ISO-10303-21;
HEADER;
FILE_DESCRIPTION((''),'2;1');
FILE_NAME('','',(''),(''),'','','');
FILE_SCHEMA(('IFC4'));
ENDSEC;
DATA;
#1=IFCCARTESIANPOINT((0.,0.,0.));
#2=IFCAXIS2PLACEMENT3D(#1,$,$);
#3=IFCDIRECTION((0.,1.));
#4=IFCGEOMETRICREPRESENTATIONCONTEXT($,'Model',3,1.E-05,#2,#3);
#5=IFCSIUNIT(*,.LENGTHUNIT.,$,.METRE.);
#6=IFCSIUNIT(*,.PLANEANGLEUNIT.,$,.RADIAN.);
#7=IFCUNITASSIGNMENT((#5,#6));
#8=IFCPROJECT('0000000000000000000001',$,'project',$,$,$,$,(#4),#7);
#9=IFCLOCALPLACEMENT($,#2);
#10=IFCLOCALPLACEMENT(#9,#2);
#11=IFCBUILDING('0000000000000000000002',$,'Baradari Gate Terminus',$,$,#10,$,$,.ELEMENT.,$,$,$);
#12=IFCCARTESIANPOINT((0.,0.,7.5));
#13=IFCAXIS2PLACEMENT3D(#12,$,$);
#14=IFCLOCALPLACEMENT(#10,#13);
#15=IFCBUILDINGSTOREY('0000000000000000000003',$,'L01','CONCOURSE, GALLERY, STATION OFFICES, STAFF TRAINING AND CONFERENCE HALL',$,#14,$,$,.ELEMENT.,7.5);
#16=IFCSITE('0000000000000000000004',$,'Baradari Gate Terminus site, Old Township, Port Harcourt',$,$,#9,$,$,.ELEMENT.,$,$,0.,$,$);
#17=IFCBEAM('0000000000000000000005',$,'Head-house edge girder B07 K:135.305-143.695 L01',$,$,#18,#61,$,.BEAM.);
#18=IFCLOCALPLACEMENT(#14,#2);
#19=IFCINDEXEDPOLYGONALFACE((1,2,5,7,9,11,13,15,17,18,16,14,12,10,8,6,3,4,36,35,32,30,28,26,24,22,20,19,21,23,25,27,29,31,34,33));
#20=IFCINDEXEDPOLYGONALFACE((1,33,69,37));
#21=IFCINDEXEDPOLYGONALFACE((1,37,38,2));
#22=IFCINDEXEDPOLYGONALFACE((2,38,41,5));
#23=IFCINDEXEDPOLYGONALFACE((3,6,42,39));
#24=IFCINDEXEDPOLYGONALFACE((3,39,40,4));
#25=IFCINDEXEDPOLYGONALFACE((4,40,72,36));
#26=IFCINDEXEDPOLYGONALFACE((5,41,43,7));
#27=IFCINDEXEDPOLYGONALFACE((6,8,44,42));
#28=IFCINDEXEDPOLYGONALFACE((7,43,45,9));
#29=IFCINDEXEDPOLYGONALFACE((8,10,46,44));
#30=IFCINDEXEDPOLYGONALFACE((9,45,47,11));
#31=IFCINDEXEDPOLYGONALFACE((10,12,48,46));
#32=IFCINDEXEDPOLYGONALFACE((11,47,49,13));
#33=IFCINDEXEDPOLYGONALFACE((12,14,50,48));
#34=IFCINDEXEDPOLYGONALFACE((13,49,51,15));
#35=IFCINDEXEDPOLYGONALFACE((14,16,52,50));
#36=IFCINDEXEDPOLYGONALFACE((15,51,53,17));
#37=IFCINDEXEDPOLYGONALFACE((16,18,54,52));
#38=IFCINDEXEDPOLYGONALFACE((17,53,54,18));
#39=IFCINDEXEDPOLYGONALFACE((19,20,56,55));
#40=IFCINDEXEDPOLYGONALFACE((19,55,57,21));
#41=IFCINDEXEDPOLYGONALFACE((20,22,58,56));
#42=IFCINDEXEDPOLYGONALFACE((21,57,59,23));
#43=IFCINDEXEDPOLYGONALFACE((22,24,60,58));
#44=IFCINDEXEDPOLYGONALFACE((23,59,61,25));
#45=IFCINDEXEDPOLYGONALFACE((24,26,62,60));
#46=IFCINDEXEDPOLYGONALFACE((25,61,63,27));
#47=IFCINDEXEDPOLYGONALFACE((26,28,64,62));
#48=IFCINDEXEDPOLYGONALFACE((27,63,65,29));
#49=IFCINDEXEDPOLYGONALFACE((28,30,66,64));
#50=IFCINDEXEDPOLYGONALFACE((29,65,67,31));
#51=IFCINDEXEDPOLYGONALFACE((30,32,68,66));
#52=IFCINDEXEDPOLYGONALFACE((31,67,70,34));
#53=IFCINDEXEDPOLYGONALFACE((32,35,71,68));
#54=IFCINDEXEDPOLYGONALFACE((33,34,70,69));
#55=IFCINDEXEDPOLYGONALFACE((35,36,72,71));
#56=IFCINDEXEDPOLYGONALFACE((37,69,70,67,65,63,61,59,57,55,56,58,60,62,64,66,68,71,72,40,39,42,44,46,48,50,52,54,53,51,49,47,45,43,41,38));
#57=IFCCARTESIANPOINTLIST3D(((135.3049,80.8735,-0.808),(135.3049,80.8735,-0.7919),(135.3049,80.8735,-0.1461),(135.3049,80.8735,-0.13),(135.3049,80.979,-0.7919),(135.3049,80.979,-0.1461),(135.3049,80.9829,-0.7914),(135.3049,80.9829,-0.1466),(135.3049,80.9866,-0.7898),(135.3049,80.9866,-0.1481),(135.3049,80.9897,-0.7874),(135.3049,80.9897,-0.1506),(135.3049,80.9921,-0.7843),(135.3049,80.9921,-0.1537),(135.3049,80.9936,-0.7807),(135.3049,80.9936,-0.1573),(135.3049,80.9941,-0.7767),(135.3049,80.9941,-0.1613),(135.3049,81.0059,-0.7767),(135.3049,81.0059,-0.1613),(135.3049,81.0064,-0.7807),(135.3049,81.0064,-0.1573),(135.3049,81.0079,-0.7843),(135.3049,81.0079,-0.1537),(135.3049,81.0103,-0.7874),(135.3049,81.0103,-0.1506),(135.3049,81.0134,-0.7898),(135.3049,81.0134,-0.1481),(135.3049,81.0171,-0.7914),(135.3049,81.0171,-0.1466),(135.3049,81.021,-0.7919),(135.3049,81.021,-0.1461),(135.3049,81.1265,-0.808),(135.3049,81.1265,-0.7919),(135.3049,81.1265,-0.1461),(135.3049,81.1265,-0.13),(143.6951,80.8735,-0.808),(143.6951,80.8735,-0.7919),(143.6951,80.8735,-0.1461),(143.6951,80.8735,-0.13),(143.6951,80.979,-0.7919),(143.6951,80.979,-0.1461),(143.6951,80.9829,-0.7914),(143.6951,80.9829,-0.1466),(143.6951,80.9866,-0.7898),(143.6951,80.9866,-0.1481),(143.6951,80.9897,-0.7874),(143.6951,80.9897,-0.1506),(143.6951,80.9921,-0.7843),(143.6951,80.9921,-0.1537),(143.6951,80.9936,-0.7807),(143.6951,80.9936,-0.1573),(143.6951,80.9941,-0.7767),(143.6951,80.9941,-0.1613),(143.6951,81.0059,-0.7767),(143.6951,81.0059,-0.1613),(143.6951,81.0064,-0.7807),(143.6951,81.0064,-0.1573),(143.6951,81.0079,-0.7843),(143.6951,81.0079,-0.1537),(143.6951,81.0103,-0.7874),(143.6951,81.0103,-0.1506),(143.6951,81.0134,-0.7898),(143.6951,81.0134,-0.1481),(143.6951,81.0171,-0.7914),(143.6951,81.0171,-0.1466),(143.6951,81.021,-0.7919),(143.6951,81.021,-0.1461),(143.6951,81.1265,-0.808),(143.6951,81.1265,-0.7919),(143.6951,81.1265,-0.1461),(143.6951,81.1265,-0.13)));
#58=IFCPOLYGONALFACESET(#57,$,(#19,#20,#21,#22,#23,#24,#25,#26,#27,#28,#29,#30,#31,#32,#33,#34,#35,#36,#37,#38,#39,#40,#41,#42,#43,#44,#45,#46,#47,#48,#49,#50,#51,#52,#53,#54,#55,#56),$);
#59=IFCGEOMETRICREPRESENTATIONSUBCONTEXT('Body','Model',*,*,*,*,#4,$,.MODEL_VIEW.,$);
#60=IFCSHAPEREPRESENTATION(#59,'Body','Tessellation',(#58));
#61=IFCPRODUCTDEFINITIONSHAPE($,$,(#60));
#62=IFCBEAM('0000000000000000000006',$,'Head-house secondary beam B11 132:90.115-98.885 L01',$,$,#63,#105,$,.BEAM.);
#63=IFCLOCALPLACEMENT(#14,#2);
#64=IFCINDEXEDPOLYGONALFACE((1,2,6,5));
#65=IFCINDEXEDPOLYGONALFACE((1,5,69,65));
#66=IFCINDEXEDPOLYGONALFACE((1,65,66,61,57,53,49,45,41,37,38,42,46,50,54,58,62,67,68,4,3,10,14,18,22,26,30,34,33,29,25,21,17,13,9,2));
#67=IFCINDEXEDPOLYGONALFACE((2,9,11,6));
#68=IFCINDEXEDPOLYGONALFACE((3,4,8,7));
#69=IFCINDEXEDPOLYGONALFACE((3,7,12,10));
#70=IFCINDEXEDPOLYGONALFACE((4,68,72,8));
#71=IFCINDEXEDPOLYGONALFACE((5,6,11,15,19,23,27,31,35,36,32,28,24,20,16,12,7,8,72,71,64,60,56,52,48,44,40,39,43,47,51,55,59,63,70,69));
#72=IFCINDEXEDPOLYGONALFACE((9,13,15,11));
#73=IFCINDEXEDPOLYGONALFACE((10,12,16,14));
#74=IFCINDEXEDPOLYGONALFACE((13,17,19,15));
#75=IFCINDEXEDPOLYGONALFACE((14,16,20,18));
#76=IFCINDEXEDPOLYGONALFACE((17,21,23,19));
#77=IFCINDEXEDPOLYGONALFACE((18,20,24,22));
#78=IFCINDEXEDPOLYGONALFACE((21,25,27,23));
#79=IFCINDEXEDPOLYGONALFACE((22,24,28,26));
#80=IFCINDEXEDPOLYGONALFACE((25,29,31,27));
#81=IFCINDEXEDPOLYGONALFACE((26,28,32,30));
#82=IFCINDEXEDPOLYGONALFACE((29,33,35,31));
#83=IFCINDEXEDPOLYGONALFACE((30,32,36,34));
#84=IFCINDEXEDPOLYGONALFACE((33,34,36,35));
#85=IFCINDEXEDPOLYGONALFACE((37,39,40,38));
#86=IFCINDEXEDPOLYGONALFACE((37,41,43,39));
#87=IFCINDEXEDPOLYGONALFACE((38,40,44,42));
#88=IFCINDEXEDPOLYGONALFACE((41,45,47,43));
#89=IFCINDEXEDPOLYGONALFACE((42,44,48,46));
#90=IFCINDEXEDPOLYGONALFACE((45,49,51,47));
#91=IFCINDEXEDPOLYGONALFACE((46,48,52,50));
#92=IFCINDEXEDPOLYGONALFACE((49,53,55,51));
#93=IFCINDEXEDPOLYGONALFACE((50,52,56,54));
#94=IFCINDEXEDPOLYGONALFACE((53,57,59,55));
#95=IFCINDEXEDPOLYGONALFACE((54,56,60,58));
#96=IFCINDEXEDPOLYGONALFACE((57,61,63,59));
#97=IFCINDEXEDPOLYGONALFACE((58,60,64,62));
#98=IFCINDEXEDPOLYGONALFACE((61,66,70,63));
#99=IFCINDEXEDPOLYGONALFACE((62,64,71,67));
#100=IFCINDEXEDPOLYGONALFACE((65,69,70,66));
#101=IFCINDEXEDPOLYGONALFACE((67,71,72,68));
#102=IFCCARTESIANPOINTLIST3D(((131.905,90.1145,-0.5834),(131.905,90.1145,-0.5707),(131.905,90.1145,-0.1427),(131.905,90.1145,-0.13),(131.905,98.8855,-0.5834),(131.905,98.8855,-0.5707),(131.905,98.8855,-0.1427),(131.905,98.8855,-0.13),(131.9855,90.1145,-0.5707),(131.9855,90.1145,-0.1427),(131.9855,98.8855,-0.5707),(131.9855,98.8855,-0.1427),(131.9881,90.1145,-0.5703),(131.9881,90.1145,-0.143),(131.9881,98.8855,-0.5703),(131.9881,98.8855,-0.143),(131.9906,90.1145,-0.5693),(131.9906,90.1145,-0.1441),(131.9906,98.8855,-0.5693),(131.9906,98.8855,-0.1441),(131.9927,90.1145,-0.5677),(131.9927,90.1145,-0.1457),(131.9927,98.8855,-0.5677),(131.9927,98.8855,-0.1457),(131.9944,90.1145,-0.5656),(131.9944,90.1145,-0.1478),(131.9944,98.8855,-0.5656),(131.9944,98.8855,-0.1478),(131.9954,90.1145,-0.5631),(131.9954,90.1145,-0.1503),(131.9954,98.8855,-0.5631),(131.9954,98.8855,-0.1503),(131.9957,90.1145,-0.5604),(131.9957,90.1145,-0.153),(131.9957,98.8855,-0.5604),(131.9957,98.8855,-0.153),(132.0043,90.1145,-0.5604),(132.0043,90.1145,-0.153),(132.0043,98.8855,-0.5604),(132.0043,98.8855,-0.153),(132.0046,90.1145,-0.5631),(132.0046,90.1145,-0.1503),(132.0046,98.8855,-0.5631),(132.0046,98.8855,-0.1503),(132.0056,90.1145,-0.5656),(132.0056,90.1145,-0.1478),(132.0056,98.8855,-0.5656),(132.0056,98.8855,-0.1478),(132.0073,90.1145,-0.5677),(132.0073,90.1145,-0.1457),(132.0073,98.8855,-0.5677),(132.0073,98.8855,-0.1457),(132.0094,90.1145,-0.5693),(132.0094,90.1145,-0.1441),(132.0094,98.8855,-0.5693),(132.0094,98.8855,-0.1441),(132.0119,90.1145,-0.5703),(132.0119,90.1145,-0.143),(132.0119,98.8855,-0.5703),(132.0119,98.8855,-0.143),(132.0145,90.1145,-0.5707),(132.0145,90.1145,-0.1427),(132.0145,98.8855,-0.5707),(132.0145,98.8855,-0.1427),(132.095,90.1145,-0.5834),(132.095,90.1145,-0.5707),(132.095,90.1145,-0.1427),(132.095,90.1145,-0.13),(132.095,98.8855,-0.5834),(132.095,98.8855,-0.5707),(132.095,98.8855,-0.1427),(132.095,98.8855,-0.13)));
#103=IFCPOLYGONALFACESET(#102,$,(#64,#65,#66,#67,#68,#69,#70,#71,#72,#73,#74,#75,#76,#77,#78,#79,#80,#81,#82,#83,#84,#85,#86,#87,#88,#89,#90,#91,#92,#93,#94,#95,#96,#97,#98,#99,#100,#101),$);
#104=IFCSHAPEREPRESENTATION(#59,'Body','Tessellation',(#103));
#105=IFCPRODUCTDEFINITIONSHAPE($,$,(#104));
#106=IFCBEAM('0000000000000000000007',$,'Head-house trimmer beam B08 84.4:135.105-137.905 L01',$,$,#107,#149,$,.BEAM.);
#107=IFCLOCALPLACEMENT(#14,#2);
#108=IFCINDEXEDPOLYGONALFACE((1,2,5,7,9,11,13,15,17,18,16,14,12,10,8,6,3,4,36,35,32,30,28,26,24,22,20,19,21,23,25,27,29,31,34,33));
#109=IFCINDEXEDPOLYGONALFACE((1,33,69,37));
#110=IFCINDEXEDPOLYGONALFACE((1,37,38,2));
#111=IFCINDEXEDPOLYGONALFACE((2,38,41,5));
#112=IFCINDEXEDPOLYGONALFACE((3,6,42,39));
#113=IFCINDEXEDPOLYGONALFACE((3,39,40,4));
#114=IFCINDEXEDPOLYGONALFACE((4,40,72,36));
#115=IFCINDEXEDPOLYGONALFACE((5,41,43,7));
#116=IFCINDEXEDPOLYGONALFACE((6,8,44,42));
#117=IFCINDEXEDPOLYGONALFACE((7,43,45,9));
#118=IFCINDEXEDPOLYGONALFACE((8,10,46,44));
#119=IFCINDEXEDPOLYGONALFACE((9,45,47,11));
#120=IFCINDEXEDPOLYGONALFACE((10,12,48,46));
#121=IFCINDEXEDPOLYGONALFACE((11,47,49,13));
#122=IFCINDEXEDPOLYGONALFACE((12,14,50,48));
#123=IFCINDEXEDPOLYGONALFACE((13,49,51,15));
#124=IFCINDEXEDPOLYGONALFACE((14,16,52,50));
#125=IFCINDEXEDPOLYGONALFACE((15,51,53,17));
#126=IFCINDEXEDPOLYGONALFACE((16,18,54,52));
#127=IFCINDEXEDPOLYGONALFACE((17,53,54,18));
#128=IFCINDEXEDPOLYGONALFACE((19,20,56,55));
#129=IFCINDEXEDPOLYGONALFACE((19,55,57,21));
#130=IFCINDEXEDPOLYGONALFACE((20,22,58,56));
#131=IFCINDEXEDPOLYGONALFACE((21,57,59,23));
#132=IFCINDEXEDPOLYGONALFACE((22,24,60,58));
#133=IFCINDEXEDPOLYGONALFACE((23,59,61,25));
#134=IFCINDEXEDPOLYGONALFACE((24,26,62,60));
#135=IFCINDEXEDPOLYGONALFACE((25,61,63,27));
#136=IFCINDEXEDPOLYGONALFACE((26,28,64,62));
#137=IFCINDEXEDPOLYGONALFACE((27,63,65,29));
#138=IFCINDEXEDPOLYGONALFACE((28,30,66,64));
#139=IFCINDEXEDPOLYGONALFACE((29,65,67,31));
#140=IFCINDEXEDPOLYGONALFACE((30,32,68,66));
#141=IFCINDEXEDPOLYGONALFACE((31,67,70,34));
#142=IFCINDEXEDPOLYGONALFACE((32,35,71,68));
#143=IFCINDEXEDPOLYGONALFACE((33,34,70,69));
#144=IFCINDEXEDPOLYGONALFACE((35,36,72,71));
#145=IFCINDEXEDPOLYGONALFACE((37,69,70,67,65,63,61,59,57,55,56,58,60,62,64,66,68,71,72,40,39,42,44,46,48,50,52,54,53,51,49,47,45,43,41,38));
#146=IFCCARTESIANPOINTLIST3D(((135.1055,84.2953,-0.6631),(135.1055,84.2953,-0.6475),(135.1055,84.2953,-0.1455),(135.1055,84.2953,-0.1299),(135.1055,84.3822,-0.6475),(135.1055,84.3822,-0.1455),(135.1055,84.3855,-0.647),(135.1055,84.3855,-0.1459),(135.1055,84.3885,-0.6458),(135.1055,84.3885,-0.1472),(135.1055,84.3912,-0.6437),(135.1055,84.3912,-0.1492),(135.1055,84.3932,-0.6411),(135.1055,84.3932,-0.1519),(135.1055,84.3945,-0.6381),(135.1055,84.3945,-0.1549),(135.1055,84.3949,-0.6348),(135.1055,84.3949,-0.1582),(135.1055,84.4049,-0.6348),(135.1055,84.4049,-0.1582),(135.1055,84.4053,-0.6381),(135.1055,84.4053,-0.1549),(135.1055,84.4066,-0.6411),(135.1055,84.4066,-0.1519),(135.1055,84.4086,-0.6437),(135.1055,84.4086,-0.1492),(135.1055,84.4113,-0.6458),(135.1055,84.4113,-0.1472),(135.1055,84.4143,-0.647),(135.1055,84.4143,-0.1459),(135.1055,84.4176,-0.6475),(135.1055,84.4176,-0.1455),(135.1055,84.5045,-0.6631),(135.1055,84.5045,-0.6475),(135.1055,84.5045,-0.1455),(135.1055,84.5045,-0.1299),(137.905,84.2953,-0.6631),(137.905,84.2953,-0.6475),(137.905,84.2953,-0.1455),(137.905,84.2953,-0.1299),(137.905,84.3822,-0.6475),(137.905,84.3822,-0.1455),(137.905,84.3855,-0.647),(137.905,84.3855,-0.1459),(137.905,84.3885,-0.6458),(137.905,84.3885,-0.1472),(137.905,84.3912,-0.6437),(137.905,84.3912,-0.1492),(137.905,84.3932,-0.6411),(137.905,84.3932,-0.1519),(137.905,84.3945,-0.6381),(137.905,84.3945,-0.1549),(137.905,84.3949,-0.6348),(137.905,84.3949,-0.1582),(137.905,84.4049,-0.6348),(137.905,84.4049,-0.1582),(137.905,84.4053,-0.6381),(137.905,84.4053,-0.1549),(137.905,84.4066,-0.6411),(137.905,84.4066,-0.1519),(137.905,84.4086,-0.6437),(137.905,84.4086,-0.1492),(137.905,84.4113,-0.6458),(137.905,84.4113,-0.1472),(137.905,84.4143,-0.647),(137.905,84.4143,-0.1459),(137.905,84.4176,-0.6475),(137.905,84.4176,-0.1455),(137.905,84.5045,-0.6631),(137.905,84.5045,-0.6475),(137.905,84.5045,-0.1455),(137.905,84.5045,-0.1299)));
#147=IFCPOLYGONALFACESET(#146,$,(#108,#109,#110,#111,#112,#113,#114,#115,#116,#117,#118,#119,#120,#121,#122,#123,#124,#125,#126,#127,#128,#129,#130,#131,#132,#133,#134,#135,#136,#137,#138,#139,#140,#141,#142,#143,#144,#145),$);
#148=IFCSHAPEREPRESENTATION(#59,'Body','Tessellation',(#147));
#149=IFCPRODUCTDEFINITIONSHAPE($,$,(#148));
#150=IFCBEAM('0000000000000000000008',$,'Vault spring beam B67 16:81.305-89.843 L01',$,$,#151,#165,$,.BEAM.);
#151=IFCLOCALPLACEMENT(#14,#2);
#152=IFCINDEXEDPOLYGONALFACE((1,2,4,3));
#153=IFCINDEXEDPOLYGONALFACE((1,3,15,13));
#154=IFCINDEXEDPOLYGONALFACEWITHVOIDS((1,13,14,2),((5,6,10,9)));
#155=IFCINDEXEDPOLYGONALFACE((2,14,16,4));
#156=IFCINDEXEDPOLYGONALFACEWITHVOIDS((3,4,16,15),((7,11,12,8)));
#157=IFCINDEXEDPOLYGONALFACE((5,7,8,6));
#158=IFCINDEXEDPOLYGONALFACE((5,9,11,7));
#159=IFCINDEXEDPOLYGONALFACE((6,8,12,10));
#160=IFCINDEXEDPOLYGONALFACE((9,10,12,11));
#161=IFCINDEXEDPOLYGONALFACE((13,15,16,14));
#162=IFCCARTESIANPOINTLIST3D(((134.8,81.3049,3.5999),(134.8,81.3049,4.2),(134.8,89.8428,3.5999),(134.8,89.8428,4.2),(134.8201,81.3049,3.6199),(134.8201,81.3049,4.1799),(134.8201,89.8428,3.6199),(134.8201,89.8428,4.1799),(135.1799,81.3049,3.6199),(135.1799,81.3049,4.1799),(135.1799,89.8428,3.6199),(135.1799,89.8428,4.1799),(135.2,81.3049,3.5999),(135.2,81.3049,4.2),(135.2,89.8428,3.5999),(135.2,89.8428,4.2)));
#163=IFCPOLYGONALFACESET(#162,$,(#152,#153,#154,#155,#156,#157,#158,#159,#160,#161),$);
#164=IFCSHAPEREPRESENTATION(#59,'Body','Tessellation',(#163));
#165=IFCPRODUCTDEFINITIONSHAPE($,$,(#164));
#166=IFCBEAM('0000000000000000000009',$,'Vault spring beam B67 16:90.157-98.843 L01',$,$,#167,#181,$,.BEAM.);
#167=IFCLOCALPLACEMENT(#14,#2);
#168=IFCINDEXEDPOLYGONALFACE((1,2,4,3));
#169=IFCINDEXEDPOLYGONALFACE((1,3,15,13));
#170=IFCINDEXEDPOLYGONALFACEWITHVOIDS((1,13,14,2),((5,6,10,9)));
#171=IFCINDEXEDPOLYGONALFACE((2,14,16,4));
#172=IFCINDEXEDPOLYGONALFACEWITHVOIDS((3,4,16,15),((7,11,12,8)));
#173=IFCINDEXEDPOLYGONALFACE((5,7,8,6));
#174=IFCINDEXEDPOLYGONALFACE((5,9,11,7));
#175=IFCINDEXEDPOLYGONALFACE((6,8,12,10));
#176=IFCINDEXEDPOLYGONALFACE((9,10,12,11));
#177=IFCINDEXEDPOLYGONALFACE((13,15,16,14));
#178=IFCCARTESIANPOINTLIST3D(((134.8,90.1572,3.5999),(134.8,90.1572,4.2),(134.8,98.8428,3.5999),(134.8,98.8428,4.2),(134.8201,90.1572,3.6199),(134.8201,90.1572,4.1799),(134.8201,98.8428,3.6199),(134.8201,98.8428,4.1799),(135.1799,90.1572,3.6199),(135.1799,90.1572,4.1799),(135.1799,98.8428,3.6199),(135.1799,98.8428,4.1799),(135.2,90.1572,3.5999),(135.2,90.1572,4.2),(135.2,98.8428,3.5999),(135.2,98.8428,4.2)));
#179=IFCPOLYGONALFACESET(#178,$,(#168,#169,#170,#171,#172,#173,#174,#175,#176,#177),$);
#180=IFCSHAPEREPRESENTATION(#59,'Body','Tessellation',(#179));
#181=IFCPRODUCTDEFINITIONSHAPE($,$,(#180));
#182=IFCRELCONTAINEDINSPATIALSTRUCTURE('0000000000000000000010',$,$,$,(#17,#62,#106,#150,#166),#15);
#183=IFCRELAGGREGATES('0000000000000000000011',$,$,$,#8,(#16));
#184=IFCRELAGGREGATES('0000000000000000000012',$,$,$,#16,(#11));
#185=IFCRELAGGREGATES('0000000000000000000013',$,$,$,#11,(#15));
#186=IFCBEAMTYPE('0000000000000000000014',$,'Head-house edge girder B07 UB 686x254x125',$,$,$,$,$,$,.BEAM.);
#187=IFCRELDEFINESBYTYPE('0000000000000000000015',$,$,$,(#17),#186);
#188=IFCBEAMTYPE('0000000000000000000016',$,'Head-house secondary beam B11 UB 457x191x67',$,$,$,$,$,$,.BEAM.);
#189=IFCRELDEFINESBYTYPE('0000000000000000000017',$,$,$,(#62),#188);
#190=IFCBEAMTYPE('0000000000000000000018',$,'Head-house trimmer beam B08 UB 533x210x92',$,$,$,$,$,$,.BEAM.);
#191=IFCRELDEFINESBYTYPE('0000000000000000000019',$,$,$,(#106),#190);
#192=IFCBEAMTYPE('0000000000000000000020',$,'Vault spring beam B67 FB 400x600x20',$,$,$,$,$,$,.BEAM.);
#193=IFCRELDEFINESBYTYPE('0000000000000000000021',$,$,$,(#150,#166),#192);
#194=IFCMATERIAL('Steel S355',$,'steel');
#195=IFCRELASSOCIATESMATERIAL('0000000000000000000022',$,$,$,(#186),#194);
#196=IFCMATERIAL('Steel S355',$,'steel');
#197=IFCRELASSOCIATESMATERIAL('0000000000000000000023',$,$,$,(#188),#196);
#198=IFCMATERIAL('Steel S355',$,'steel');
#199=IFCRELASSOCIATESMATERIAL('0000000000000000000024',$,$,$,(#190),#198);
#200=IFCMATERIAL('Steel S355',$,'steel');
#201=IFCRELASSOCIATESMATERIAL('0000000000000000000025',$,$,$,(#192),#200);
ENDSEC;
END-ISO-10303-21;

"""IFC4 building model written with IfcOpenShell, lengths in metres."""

from ifc_helpers import new_model, si_unit, direction, frame, origin, origin_2d, place, context, subcontext, project, spatial, hollow_rectangle, i_section, extrude, material, material_profile, profile_set, type_object, element, save


model = new_model("IFC4")

# Units and contexts
model_context = context("Model", 3, precision=1e-05, world=origin(), true_north=direction((0.0, 1.0)))
body_context = subcontext(model_context, "Body", "Model", "MODEL_VIEW")
ifc_project = project(units=[si_unit("LENGTHUNIT", "METRE"), si_unit("PLANEANGLEUNIT", "RADIAN")], contexts=[model_context])

# Site, building, storey
site_placement = place(None, origin())
site = spatial("IfcSite", under=ifc_project, at=site_placement, Name="Baradari Gate Terminus site, Old Township, Port Harcourt", CompositionType="ELEMENT", RefElevation=0.0)
building_placement = place(site_placement, origin())
building = spatial("IfcBuilding", under=site, at=building_placement, Name="Baradari Gate Terminus", CompositionType="ELEMENT")
storey_placement = place(building_placement, frame((0.0, 0.0, 7.5)))
storey = spatial("IfcBuildingStorey", under=building, at=storey_placement, Name="L01", Description="CONCOURSE, GALLERY, STATION OFFICES, STAFF TRAINING AND CONFERENCE HALL", CompositionType="ELEMENT", Elevation=7.5)

# Beams
ifc_material_1 = material(Name="Steel S355", Category="steel")
ifc_material_profile_1 = material_profile(ifc_material_1, i_section(OverallWidth=0.2529, OverallDepth=0.678, WebThickness=0.0117, FlangeThickness=0.0161, FilletRadius=0.0151, at=origin_2d()), Name="UB 686x254x125")
ifc_profile_set_1 = profile_set([ifc_material_profile_1], Name="Steel S355")
beam_type_1 = type_object("IfcBeamType", Name="Head-house edge girder B07 UB 686x254x125", PredefinedType="BEAM", material=ifc_profile_set_1)
beam_1_placement = place(storey_placement, frame((135.3049, 81.0, -0.469), z_axis=(1.0, 0.0, 0.0), x_axis=(0.0, 1.0, 0.0)))
element("IfcBeam", 1, at=beam_1_placement, inside=storey, type_object=beam_type_1, Name="Head-house edge girder B07 K:135.305-143.695 L01", PredefinedType="BEAM", context=body_context, shape_type="SweptSolid", body=[
    extrude(i_section(OverallWidth=0.2529, OverallDepth=0.678, WebThickness=0.0117, FlangeThickness=0.0161, FilletRadius=0.0151, at=origin_2d()), origin(), (0.0, 0.0, 1.0), 8.3901),
])
ifc_material_2 = material(Name="Steel S355", Category="steel")
ifc_material_profile_2 = material_profile(ifc_material_2, i_section(OverallWidth=0.1899, OverallDepth=0.4534, WebThickness=0.0085, FlangeThickness=0.0127, FilletRadius=0.0103, at=origin_2d()), Name="UB 457x191x67")
ifc_profile_set_2 = profile_set([ifc_material_profile_2], Name="Steel S355")
beam_type_2 = type_object("IfcBeamType", Name="Head-house secondary beam B11 UB 457x191x67", PredefinedType="BEAM", material=ifc_profile_set_2)
beam_2_placement = place(storey_placement, frame((132.0, 90.1145, -0.3567), z_axis=(0.0, 1.0, 0.0), x_axis=(-1.0, 0.0, 0.0)))
element("IfcBeam", 2, at=beam_2_placement, inside=storey, type_object=beam_type_2, Name="Head-house secondary beam B11 132:90.115-98.885 L01", PredefinedType="BEAM", context=body_context, shape_type="SweptSolid", body=[
    extrude(i_section(OverallWidth=0.1899, OverallDepth=0.4534, WebThickness=0.0085, FlangeThickness=0.0127, FilletRadius=0.0103, at=origin_2d()), origin(), (0.0, 0.0, 1.0), 8.771),
])
ifc_material_3 = material(Name="Steel S355", Category="steel")
ifc_material_profile_3 = material_profile(ifc_material_3, i_section(OverallWidth=0.2092, OverallDepth=0.5332, WebThickness=0.01, FlangeThickness=0.0156, FilletRadius=0.0127, at=origin_2d()), Name="UB 533x210x92")
ifc_profile_set_3 = profile_set([ifc_material_profile_3], Name="Steel S355")
beam_type_3 = type_object("IfcBeamType", Name="Head-house trimmer beam B08 UB 533x210x92", PredefinedType="BEAM", material=ifc_profile_set_3)
beam_3_placement = place(storey_placement, frame((135.1055, 84.3999, -0.3965), z_axis=(1.0, 0.0, 0.0), x_axis=(0.0, 1.0, 0.0)))
element("IfcBeam", 3, at=beam_3_placement, inside=storey, type_object=beam_type_3, Name="Head-house trimmer beam B08 84.4:135.105-137.905 L01", PredefinedType="BEAM", context=body_context, shape_type="SweptSolid", body=[
    extrude(i_section(OverallWidth=0.2092, OverallDepth=0.5332, WebThickness=0.01, FlangeThickness=0.0156, FilletRadius=0.0127, at=origin_2d()), origin(), (0.0, 0.0, 1.0), 2.7996),
])
ifc_material_4 = material(Name="Steel S355", Category="steel")
ifc_material_profile_4 = material_profile(ifc_material_4, hollow_rectangle(XDim=0.3999, YDim=0.6001, WallThickness=0.02, at=origin_2d()), Name="FB 400x600x20")
ifc_profile_set_4 = profile_set([ifc_material_profile_4], Name="Steel S355")
beam_type_4 = type_object("IfcBeamType", Name="Vault spring beam B67 FB 400x600x20", PredefinedType="BEAM", material=ifc_profile_set_4)
beam_4_placement = place(storey_placement, frame((135.0, 81.3049, 3.8999), z_axis=(0.0, 1.0, 0.0), x_axis=(-1.0, 0.0, 0.0)))
element("IfcBeam", 4, at=beam_4_placement, inside=storey, type_object=beam_type_4, Name="Vault spring beam B67 16:81.305-89.843 L01", PredefinedType="BEAM", context=body_context, shape_type="SweptSolid", body=[
    extrude(hollow_rectangle(XDim=0.3999, YDim=0.6001, WallThickness=0.02, at=origin_2d()), origin(), (0.0, 0.0, 1.0), 8.5378),
])
beam_5_placement = place(storey_placement, frame((135.0, 90.1572, 3.8999), z_axis=(0.0, 1.0, 0.0), x_axis=(-1.0, 0.0, 0.0)))
element("IfcBeam", 5, at=beam_5_placement, inside=storey, type_object=beam_type_4, Name="Vault spring beam B67 16:90.157-98.843 L01", PredefinedType="BEAM", context=body_context, shape_type="SweptSolid", body=[
    extrude(hollow_rectangle(XDim=0.3999, YDim=0.6001, WallThickness=0.02, at=origin_2d()), origin(), (0.0, 0.0, 1.0), 8.6855),
])

save(model, "model.ifc")
